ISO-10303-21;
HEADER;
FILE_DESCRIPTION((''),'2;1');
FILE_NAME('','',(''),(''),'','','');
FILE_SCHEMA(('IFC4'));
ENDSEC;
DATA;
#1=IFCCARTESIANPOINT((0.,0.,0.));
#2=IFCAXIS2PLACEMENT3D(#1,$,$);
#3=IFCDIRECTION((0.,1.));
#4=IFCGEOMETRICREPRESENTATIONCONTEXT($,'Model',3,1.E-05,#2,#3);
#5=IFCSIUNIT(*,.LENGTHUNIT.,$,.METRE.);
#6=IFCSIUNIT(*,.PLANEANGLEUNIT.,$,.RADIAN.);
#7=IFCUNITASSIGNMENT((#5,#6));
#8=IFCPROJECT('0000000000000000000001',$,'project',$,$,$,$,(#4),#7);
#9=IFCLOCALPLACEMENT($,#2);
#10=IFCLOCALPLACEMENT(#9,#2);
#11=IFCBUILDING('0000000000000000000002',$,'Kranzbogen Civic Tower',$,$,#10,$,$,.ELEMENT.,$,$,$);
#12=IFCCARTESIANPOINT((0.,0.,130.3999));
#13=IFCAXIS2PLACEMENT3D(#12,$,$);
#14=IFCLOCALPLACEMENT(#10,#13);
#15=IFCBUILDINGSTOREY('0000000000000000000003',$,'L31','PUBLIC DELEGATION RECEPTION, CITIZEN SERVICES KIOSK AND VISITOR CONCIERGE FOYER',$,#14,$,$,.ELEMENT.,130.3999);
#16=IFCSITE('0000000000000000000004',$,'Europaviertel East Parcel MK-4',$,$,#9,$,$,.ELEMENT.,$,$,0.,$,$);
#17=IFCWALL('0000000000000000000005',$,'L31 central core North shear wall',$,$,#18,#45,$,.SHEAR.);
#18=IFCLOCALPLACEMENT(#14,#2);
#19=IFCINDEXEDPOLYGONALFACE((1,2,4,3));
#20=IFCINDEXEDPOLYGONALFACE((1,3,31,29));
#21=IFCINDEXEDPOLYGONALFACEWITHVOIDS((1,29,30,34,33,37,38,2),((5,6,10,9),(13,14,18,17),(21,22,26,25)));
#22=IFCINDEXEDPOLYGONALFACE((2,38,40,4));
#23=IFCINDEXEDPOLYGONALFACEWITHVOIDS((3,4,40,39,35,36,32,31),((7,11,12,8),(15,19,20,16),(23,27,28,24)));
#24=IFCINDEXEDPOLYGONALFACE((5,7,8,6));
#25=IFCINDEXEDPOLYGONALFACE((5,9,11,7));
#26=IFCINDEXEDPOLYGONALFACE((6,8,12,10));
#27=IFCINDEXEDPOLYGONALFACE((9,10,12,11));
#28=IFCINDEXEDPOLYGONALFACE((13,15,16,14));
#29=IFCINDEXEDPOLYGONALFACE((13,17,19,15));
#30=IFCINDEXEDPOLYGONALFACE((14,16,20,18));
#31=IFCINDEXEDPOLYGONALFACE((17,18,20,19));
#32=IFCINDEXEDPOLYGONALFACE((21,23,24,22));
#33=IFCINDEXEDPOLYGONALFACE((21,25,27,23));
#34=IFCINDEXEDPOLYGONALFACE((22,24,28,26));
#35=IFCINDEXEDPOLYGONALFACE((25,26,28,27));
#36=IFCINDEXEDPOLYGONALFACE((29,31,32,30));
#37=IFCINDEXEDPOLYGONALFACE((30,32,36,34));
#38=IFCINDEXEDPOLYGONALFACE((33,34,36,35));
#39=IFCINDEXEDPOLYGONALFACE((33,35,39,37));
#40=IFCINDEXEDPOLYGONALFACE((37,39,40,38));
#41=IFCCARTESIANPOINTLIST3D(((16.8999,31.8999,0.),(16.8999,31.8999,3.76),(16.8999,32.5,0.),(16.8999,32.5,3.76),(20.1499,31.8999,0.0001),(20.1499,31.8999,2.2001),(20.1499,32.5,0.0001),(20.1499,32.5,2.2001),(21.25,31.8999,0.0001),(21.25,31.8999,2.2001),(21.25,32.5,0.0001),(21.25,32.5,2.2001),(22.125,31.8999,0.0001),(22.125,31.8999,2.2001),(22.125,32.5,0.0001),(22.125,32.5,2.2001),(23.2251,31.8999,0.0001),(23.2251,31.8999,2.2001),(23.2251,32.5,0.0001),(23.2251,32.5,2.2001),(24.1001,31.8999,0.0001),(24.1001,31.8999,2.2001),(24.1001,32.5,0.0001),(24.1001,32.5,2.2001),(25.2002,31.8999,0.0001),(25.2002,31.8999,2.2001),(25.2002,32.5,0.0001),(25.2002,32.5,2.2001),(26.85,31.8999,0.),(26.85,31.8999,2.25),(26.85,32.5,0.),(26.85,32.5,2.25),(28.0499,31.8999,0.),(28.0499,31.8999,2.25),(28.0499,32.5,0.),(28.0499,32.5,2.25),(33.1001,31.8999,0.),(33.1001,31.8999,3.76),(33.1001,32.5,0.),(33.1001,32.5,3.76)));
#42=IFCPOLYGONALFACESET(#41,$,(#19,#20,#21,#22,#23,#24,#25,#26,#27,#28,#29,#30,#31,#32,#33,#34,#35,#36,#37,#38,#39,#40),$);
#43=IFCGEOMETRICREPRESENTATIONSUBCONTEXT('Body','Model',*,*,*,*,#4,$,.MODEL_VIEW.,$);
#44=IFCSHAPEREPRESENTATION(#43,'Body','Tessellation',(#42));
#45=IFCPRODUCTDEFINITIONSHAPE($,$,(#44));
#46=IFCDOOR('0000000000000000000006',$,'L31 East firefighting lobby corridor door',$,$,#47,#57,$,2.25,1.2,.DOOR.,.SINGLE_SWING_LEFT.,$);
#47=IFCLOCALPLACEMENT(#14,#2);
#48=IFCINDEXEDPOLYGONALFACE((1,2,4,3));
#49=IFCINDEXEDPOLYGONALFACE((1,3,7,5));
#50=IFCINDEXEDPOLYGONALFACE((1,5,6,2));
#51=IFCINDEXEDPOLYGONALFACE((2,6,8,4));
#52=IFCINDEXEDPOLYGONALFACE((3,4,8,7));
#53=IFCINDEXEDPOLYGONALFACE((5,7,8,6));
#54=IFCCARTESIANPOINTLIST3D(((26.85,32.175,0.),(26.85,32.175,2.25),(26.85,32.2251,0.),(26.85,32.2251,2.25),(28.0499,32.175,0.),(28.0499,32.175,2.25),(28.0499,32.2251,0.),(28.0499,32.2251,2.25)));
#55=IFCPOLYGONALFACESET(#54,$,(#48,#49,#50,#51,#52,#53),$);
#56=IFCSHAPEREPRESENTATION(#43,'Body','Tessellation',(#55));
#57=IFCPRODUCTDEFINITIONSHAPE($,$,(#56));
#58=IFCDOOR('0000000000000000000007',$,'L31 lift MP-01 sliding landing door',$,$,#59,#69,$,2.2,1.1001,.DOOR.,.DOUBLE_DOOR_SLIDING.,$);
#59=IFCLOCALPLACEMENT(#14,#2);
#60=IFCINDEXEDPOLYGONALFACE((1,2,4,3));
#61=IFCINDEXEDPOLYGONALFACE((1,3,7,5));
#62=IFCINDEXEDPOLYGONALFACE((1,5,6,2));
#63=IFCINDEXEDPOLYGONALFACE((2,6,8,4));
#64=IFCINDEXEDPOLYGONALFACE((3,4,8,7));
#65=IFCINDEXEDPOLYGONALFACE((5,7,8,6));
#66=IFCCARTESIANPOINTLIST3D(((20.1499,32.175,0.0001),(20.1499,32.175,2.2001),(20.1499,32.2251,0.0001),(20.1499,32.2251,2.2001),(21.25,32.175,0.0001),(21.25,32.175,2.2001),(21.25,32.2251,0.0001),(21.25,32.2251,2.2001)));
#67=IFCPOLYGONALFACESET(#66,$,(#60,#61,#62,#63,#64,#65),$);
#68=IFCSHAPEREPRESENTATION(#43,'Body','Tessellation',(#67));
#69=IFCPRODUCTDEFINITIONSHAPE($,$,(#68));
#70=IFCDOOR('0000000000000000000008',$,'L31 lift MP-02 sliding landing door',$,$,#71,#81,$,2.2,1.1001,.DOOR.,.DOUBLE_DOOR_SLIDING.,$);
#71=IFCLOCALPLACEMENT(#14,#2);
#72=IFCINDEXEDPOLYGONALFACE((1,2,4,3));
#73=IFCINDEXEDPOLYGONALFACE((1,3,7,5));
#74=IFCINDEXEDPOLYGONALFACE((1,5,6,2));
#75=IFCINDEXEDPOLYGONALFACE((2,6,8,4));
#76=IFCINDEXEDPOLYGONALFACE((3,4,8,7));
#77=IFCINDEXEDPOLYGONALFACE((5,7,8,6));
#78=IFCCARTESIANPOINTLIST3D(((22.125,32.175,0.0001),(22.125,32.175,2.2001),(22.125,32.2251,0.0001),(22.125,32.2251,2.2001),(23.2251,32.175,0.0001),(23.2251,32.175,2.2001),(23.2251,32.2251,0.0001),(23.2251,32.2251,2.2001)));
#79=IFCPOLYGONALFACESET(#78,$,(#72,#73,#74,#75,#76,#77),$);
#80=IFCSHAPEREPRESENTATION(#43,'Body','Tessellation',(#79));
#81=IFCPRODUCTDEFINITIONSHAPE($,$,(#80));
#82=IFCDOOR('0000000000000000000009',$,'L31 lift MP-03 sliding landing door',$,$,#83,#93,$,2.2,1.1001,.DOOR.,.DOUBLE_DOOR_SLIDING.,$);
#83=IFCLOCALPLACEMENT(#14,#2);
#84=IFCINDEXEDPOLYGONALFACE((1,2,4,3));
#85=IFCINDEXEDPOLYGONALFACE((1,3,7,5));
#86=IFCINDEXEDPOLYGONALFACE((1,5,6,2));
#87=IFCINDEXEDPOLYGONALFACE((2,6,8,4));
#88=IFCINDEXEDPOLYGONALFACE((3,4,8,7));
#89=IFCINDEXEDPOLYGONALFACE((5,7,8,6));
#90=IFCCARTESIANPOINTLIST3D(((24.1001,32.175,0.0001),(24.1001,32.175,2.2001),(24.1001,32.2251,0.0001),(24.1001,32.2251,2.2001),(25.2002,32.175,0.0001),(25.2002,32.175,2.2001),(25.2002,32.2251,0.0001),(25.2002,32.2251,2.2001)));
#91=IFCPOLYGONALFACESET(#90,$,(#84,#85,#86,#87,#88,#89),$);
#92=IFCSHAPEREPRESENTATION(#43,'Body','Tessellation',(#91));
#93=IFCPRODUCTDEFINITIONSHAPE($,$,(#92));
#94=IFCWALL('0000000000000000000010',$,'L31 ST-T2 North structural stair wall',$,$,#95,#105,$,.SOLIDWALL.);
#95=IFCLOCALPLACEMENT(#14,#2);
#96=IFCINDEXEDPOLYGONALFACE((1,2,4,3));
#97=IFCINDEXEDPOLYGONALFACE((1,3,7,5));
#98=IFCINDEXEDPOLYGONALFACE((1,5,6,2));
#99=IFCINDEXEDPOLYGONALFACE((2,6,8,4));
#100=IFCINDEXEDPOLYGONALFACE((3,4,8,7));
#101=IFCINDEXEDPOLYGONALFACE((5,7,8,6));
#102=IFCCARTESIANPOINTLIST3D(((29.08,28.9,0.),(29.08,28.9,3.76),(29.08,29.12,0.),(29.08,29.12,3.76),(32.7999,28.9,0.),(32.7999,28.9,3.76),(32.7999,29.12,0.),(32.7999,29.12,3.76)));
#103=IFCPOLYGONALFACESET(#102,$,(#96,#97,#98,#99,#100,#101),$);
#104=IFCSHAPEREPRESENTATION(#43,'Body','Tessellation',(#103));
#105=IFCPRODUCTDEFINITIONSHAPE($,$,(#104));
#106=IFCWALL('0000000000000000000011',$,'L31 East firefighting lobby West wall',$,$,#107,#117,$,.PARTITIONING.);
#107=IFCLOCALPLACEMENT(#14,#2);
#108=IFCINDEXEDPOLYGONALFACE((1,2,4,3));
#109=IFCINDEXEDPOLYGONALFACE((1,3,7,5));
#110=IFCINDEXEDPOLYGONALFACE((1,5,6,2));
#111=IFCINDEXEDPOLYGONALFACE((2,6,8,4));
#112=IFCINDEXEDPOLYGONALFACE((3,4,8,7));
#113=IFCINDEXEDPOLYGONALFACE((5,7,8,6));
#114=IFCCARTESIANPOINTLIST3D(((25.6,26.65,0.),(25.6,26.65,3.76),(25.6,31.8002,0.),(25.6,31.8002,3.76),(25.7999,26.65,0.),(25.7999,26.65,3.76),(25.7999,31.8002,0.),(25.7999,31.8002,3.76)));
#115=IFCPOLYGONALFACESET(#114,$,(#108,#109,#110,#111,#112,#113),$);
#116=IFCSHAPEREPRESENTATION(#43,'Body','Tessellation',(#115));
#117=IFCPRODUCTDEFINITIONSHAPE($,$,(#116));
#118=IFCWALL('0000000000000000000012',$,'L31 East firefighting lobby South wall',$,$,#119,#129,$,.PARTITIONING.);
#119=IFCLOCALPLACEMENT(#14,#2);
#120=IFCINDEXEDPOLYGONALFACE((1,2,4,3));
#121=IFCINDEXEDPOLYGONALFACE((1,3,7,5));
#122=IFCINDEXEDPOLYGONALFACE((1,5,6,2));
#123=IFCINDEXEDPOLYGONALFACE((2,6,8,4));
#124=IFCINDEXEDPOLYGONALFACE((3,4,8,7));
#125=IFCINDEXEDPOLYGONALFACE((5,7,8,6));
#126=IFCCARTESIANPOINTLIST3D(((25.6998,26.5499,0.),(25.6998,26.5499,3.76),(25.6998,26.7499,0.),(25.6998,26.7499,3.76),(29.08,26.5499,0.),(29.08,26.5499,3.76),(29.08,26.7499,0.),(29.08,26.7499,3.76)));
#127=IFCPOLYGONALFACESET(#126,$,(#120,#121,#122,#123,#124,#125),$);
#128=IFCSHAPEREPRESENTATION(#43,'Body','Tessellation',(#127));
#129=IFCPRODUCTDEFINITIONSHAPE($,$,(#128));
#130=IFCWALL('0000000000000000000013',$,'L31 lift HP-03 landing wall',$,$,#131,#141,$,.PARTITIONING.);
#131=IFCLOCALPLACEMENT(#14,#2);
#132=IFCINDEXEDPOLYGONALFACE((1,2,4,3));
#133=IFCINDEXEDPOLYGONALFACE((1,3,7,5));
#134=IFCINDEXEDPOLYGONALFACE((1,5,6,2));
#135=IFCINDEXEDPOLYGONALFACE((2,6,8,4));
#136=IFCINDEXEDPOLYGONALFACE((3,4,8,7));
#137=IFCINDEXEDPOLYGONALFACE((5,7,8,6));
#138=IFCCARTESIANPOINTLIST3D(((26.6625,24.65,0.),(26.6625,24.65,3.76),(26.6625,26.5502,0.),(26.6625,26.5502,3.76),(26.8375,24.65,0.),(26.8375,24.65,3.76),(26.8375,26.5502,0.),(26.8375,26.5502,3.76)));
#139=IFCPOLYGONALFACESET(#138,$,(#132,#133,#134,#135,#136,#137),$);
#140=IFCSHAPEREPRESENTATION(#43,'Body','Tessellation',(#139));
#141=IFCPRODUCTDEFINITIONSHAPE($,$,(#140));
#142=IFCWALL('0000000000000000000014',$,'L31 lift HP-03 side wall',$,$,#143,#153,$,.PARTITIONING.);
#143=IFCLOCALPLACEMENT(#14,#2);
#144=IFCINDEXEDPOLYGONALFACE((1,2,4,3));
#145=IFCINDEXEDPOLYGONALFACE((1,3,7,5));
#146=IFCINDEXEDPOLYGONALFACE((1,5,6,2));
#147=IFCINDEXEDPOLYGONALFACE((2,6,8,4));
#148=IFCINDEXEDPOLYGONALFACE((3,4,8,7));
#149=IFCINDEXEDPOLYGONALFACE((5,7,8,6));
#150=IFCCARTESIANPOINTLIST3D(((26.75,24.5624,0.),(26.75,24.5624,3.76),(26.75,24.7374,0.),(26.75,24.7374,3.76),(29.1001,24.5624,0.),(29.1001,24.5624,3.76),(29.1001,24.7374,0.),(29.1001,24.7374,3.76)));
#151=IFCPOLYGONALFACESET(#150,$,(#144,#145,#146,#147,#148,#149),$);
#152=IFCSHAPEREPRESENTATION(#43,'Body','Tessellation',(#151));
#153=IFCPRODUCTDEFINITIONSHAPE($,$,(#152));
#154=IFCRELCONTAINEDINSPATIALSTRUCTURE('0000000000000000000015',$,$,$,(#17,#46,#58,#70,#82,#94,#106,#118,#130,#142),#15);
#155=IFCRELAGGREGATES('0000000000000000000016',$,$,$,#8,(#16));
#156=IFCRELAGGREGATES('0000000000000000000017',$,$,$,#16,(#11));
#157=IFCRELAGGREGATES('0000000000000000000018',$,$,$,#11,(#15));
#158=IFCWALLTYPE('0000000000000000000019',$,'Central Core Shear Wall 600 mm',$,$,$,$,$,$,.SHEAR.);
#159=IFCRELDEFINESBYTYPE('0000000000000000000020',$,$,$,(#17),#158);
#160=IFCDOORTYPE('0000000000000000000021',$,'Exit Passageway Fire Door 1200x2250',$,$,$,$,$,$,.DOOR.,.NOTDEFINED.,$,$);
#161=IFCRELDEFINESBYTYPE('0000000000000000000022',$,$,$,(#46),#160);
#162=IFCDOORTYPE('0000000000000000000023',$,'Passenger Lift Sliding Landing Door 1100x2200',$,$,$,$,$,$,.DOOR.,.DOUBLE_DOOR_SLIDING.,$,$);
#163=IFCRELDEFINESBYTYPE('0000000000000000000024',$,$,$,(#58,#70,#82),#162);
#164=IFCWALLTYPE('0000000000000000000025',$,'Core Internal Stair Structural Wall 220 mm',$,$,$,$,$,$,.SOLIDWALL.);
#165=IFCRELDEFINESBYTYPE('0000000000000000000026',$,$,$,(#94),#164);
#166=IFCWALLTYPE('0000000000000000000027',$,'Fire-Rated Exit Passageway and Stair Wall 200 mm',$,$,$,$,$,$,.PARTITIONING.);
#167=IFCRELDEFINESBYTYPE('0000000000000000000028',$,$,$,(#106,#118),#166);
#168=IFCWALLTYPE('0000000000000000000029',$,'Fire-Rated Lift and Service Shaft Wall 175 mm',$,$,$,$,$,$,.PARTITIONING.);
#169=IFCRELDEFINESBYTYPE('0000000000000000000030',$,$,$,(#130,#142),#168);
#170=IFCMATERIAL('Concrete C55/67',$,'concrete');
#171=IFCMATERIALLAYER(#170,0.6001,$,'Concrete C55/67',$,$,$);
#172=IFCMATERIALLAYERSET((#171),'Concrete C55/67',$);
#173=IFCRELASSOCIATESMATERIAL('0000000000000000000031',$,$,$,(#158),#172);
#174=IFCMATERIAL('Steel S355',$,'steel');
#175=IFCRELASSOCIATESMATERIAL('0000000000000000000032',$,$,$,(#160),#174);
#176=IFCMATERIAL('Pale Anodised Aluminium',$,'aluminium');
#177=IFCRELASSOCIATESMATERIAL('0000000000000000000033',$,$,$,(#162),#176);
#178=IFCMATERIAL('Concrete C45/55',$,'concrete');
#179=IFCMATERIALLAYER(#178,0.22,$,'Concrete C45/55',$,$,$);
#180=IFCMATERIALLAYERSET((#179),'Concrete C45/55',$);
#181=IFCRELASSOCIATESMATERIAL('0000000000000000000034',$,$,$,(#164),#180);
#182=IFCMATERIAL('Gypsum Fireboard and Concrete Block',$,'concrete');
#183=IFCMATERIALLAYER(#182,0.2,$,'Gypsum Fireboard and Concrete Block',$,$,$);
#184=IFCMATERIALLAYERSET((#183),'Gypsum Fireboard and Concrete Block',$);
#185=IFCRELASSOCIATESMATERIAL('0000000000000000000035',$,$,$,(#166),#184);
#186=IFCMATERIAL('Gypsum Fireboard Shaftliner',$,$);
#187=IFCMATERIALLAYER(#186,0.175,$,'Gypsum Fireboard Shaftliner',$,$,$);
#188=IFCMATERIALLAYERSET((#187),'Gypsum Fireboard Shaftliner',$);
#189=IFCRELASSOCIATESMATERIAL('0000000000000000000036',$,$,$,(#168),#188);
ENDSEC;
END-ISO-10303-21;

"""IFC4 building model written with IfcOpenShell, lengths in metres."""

from ifc_helpers import new_model, si_unit, direction, frame, frame_2d, origin, place, context, subcontext, project, spatial, rectangle, extrude, material, layer, layer_set, type_object, element, fill, save


model = new_model("IFC4")

# Units and contexts
model_context = context("Model", 3, precision=1e-05, world=origin(), true_north=direction((0.0, 1.0)))
body_context = subcontext(model_context, "Body", "Model", "MODEL_VIEW")
ifc_project = project(units=[si_unit("LENGTHUNIT", "METRE"), si_unit("PLANEANGLEUNIT", "RADIAN")], contexts=[model_context])

# Site, building, storey
site_placement = place(None, origin())
site = spatial("IfcSite", under=ifc_project, at=site_placement, Name="Europaviertel East Parcel MK-4", CompositionType="ELEMENT", RefElevation=0.0)
building_placement = place(site_placement, origin())
building = spatial("IfcBuilding", under=site, at=building_placement, Name="Kranzbogen Civic Tower", CompositionType="ELEMENT")
storey_placement = place(building_placement, frame((0.0, 0.0, 130.3999)))
storey = spatial("IfcBuildingStorey", under=building, at=storey_placement, Name="L31", Description="PUBLIC DELEGATION RECEPTION, CITIZEN SERVICES KIOSK AND VISITOR CONCIERGE FOYER", CompositionType="ELEMENT", Elevation=130.3999)

# Shared definitions
ifc_material_1 = material(Name="Steel S355", Category="steel")

# Wall, openings, doors
ifc_material_2 = material(Name="Concrete C55/67", Category="concrete")
ifc_layer_1 = layer(ifc_material_2, 0.6001, Name="Concrete C55/67")
ifc_layer_set_1 = layer_set([ifc_layer_1], Name="Concrete C55/67")
wall_type_1 = type_object("IfcWallType", Name="Central Core Shear Wall 600 mm", PredefinedType="SHEAR", material=ifc_layer_set_1)
wall_1_placement = place(storey_placement, frame((33.1001, 32.2, 0.0), z_axis=(0.0, 0.0, 1.0), x_axis=(-1.0, 0.0, 0.0)))
wall_1 = element("IfcWall", 1, at=wall_1_placement, inside=storey, type_object=wall_type_1, Name="L31 central core North shear wall", PredefinedType="SHEAR", context=body_context, shape_type="SweptSolid", body=[
    extrude(rectangle(XDim=16.2002, YDim=0.6001, at=frame_2d((8.1001, 0.0))), origin(), (0.0, 0.0, 1.0), 3.76),
])
opening_1_placement = place(wall_1_placement, frame((5.05, 0.0, 0.0)))
opening_1 = element("IfcOpeningElement", 2, at=opening_1_placement, cuts=wall_1, PredefinedType="OPENING", context=body_context, shape_type="SweptSolid", body=[
    extrude(rectangle(XDim=1.2, YDim=2.25, at=frame_2d((0.6001, 1.125))), frame((0.0, 0.3101, 0.0), z_axis=(0.0, -1.0, 0.0), x_axis=(1.0, 0.0, 0.0)), (0.0, 0.0, 1.0), 0.6201),
])
opening_2_placement = place(wall_1_placement, frame((11.8501, 0.0, 0.0)))
opening_2 = element("IfcOpeningElement", 3, at=opening_2_placement, cuts=wall_1, PredefinedType="OPENING", context=body_context, shape_type="SweptSolid", body=[
    extrude(rectangle(XDim=1.1001, YDim=2.2, at=frame_2d((0.55, 1.1001))), frame((0.0, 0.3101, 0.0), z_axis=(0.0, -1.0, 0.0), x_axis=(1.0, 0.0, 0.0)), (0.0, 0.0, 1.0), 0.6201),
])
opening_3_placement = place(wall_1_placement, frame((9.875, 0.0, 0.0)))
opening_3 = element("IfcOpeningElement", 4, at=opening_3_placement, cuts=wall_1, PredefinedType="OPENING", context=body_context, shape_type="SweptSolid", body=[
    extrude(rectangle(XDim=1.1001, YDim=2.2, at=frame_2d((0.55, 1.1001))), frame((0.0, 0.3101, 0.0), z_axis=(0.0, -1.0, 0.0), x_axis=(1.0, 0.0, 0.0)), (0.0, 0.0, 1.0), 0.6201),
])
opening_4_placement = place(wall_1_placement, frame((7.8999, 0.0, 0.0)))
opening_4 = element("IfcOpeningElement", 5, at=opening_4_placement, cuts=wall_1, PredefinedType="OPENING", context=body_context, shape_type="SweptSolid", body=[
    extrude(rectangle(XDim=1.1001, YDim=2.2, at=frame_2d((0.55, 1.1001))), frame((0.0, 0.3101, 0.0), z_axis=(0.0, -1.0, 0.0), x_axis=(1.0, 0.0, 0.0)), (0.0, 0.0, 1.0), 0.6201),
])
door_type_1 = type_object("IfcDoorType", Name="Exit Passageway Fire Door 1200x2250", OperationType="NOTDEFINED", PredefinedType="DOOR", material=ifc_material_1)
door_1_placement = place(opening_1_placement, origin())
door_1 = element("IfcDoor", 6, at=door_1_placement, inside=storey, type_object=door_type_1, Name="L31 East firefighting lobby corridor door", OperationType="SINGLE_SWING_LEFT", OverallHeight=2.25, OverallWidth=1.2, PredefinedType="DOOR", context=body_context, shape_type="SweptSolid", body=[
    extrude(rectangle(XDim=1.2, YDim=2.25, at=frame_2d((0.6001, 1.125))), frame((0.0, 0.0249, 0.0), z_axis=(0.0, -1.0, 0.0), x_axis=(1.0, 0.0, 0.0)), (0.0, 0.0, 1.0), 0.05),
])
fill(opening_1, door_1)
ifc_material_3 = material(Name="Pale Anodised Aluminium", Category="aluminium")
door_type_2 = type_object("IfcDoorType", Name="Passenger Lift Sliding Landing Door 1100x2200", OperationType="DOUBLE_DOOR_SLIDING", PredefinedType="DOOR", material=ifc_material_3)
door_2_placement = place(opening_2_placement, origin())
door_2 = element("IfcDoor", 7, at=door_2_placement, inside=storey, type_object=door_type_2, Name="L31 lift MP-01 sliding landing door", OperationType="DOUBLE_DOOR_SLIDING", OverallHeight=2.2, OverallWidth=1.1001, PredefinedType="DOOR", context=body_context, shape_type="SweptSolid", body=[
    extrude(rectangle(XDim=1.1001, YDim=2.2, at=frame_2d((0.55, 1.1001))), frame((0.0, 0.0249, 0.0), z_axis=(0.0, -1.0, 0.0), x_axis=(1.0, 0.0, 0.0)), (0.0, 0.0, 1.0), 0.05),
])
fill(opening_2, door_2)
door_3_placement = place(opening_3_placement, origin())
door_3 = element("IfcDoor", 8, at=door_3_placement, inside=storey, type_object=door_type_2, Name="L31 lift MP-02 sliding landing door", OperationType="DOUBLE_DOOR_SLIDING", OverallHeight=2.2, OverallWidth=1.1001, PredefinedType="DOOR", context=body_context, shape_type="SweptSolid", body=[
    extrude(rectangle(XDim=1.1001, YDim=2.2, at=frame_2d((0.55, 1.1001))), frame((0.0, 0.0249, 0.0), z_axis=(0.0, -1.0, 0.0), x_axis=(1.0, 0.0, 0.0)), (0.0, 0.0, 1.0), 0.05),
])
fill(opening_3, door_3)
door_4_placement = place(opening_4_placement, origin())
door_4 = element("IfcDoor", 9, at=door_4_placement, inside=storey, type_object=door_type_2, Name="L31 lift MP-03 sliding landing door", OperationType="DOUBLE_DOOR_SLIDING", OverallHeight=2.2, OverallWidth=1.1001, PredefinedType="DOOR", context=body_context, shape_type="SweptSolid", body=[
    extrude(rectangle(XDim=1.1001, YDim=2.2, at=frame_2d((0.55, 1.1001))), frame((0.0, 0.0249, 0.0), z_axis=(0.0, -1.0, 0.0), x_axis=(1.0, 0.0, 0.0)), (0.0, 0.0, 1.0), 0.05),
])
fill(opening_4, door_4)

# Walls
ifc_material_4 = material(Name="Concrete C45/55", Category="concrete")
ifc_layer_2 = layer(ifc_material_4, 0.22, Name="Concrete C45/55")
ifc_layer_set_2 = layer_set([ifc_layer_2], Name="Concrete C45/55")
wall_type_2 = type_object("IfcWallType", Name="Core Internal Stair Structural Wall 220 mm", PredefinedType="SOLIDWALL", material=ifc_layer_set_2)
wall_2_placement = place(storey_placement, frame((29.0801, 29.01, 0.0), z_axis=(0.0, 0.0, 1.0), x_axis=(1.0, 0.0, 0.0)))
element("IfcWall", 10, at=wall_2_placement, inside=storey, type_object=wall_type_2, Name="L31 ST-T2 North structural stair wall", PredefinedType="SOLIDWALL", context=body_context, shape_type="SweptSolid", body=[
    extrude(rectangle(XDim=3.72, YDim=0.22, at=frame_2d((1.8599, 0.0))), origin(), (0.0, 0.0, 1.0), 3.76),
])
ifc_material_5 = material(Name="Gypsum Fireboard and Concrete Block", Category="concrete")
ifc_layer_3 = layer(ifc_material_5, 0.2, Name="Gypsum Fireboard and Concrete Block")
ifc_layer_set_3 = layer_set([ifc_layer_3], Name="Gypsum Fireboard and Concrete Block")
wall_type_3 = type_object("IfcWallType", Name="Fire-Rated Exit Passageway and Stair Wall 200 mm", PredefinedType="PARTITIONING", material=ifc_layer_set_3)
wall_3_placement = place(storey_placement, frame((25.7, 26.6499, 0.0), z_axis=(0.0, 0.0, 1.0), x_axis=(0.0, 1.0, 0.0)))
element("IfcWall", 11, at=wall_3_placement, inside=storey, type_object=wall_type_3, Name="L31 East firefighting lobby West wall", PredefinedType="PARTITIONING", context=body_context, shape_type="SweptSolid", body=[
    extrude(rectangle(XDim=5.1501, YDim=0.2, at=frame_2d((2.5752, 0.0))), origin(), (0.0, 0.0, 1.0), 3.76),
])
wall_4_placement = place(storey_placement, frame((25.7, 26.6499, 0.0), z_axis=(0.0, 0.0, 1.0), x_axis=(1.0, 0.0, 0.0)))
element("IfcWall", 12, at=wall_4_placement, inside=storey, type_object=wall_type_3, Name="L31 East firefighting lobby South wall", PredefinedType="PARTITIONING", context=body_context, shape_type="SweptSolid", body=[
    extrude(rectangle(XDim=3.3801, YDim=0.2, at=frame_2d((1.6899, 0.0))), origin(), (0.0, 0.0, 1.0), 3.76),
])
ifc_material_6 = material(Name="Gypsum Fireboard Shaftliner")
ifc_layer_4 = layer(ifc_material_6, 0.175, Name="Gypsum Fireboard Shaftliner")
ifc_layer_set_4 = layer_set([ifc_layer_4], Name="Gypsum Fireboard Shaftliner")
wall_type_4 = type_object("IfcWallType", Name="Fire-Rated Lift and Service Shaft Wall 175 mm", PredefinedType="PARTITIONING", material=ifc_layer_set_4)
wall_5_placement = place(storey_placement, frame((26.75, 24.6499, 0.0), z_axis=(0.0, 0.0, 1.0), x_axis=(0.0, 1.0, 0.0)))
element("IfcWall", 13, at=wall_5_placement, inside=storey, type_object=wall_type_4, Name="L31 lift HP-03 landing wall", PredefinedType="PARTITIONING", context=body_context, shape_type="SweptSolid", body=[
    extrude(rectangle(XDim=1.9001, YDim=0.175, at=frame_2d((0.9502, 0.0))), origin(), (0.0, 0.0, 1.0), 3.76),
])
wall_6_placement = place(storey_placement, frame((26.75, 24.6499, 0.0), z_axis=(0.0, 0.0, 1.0), x_axis=(1.0, 0.0, 0.0)))
element("IfcWall", 14, at=wall_6_placement, inside=storey, type_object=wall_type_4, Name="L31 lift HP-03 side wall", PredefinedType="PARTITIONING", context=body_context, shape_type="SweptSolid", body=[
    extrude(rectangle(XDim=2.3501, YDim=0.175, at=frame_2d((1.175, 0.0))), origin(), (0.0, 0.0, 1.0), 3.76),
])

save(model, "model.ifc")
